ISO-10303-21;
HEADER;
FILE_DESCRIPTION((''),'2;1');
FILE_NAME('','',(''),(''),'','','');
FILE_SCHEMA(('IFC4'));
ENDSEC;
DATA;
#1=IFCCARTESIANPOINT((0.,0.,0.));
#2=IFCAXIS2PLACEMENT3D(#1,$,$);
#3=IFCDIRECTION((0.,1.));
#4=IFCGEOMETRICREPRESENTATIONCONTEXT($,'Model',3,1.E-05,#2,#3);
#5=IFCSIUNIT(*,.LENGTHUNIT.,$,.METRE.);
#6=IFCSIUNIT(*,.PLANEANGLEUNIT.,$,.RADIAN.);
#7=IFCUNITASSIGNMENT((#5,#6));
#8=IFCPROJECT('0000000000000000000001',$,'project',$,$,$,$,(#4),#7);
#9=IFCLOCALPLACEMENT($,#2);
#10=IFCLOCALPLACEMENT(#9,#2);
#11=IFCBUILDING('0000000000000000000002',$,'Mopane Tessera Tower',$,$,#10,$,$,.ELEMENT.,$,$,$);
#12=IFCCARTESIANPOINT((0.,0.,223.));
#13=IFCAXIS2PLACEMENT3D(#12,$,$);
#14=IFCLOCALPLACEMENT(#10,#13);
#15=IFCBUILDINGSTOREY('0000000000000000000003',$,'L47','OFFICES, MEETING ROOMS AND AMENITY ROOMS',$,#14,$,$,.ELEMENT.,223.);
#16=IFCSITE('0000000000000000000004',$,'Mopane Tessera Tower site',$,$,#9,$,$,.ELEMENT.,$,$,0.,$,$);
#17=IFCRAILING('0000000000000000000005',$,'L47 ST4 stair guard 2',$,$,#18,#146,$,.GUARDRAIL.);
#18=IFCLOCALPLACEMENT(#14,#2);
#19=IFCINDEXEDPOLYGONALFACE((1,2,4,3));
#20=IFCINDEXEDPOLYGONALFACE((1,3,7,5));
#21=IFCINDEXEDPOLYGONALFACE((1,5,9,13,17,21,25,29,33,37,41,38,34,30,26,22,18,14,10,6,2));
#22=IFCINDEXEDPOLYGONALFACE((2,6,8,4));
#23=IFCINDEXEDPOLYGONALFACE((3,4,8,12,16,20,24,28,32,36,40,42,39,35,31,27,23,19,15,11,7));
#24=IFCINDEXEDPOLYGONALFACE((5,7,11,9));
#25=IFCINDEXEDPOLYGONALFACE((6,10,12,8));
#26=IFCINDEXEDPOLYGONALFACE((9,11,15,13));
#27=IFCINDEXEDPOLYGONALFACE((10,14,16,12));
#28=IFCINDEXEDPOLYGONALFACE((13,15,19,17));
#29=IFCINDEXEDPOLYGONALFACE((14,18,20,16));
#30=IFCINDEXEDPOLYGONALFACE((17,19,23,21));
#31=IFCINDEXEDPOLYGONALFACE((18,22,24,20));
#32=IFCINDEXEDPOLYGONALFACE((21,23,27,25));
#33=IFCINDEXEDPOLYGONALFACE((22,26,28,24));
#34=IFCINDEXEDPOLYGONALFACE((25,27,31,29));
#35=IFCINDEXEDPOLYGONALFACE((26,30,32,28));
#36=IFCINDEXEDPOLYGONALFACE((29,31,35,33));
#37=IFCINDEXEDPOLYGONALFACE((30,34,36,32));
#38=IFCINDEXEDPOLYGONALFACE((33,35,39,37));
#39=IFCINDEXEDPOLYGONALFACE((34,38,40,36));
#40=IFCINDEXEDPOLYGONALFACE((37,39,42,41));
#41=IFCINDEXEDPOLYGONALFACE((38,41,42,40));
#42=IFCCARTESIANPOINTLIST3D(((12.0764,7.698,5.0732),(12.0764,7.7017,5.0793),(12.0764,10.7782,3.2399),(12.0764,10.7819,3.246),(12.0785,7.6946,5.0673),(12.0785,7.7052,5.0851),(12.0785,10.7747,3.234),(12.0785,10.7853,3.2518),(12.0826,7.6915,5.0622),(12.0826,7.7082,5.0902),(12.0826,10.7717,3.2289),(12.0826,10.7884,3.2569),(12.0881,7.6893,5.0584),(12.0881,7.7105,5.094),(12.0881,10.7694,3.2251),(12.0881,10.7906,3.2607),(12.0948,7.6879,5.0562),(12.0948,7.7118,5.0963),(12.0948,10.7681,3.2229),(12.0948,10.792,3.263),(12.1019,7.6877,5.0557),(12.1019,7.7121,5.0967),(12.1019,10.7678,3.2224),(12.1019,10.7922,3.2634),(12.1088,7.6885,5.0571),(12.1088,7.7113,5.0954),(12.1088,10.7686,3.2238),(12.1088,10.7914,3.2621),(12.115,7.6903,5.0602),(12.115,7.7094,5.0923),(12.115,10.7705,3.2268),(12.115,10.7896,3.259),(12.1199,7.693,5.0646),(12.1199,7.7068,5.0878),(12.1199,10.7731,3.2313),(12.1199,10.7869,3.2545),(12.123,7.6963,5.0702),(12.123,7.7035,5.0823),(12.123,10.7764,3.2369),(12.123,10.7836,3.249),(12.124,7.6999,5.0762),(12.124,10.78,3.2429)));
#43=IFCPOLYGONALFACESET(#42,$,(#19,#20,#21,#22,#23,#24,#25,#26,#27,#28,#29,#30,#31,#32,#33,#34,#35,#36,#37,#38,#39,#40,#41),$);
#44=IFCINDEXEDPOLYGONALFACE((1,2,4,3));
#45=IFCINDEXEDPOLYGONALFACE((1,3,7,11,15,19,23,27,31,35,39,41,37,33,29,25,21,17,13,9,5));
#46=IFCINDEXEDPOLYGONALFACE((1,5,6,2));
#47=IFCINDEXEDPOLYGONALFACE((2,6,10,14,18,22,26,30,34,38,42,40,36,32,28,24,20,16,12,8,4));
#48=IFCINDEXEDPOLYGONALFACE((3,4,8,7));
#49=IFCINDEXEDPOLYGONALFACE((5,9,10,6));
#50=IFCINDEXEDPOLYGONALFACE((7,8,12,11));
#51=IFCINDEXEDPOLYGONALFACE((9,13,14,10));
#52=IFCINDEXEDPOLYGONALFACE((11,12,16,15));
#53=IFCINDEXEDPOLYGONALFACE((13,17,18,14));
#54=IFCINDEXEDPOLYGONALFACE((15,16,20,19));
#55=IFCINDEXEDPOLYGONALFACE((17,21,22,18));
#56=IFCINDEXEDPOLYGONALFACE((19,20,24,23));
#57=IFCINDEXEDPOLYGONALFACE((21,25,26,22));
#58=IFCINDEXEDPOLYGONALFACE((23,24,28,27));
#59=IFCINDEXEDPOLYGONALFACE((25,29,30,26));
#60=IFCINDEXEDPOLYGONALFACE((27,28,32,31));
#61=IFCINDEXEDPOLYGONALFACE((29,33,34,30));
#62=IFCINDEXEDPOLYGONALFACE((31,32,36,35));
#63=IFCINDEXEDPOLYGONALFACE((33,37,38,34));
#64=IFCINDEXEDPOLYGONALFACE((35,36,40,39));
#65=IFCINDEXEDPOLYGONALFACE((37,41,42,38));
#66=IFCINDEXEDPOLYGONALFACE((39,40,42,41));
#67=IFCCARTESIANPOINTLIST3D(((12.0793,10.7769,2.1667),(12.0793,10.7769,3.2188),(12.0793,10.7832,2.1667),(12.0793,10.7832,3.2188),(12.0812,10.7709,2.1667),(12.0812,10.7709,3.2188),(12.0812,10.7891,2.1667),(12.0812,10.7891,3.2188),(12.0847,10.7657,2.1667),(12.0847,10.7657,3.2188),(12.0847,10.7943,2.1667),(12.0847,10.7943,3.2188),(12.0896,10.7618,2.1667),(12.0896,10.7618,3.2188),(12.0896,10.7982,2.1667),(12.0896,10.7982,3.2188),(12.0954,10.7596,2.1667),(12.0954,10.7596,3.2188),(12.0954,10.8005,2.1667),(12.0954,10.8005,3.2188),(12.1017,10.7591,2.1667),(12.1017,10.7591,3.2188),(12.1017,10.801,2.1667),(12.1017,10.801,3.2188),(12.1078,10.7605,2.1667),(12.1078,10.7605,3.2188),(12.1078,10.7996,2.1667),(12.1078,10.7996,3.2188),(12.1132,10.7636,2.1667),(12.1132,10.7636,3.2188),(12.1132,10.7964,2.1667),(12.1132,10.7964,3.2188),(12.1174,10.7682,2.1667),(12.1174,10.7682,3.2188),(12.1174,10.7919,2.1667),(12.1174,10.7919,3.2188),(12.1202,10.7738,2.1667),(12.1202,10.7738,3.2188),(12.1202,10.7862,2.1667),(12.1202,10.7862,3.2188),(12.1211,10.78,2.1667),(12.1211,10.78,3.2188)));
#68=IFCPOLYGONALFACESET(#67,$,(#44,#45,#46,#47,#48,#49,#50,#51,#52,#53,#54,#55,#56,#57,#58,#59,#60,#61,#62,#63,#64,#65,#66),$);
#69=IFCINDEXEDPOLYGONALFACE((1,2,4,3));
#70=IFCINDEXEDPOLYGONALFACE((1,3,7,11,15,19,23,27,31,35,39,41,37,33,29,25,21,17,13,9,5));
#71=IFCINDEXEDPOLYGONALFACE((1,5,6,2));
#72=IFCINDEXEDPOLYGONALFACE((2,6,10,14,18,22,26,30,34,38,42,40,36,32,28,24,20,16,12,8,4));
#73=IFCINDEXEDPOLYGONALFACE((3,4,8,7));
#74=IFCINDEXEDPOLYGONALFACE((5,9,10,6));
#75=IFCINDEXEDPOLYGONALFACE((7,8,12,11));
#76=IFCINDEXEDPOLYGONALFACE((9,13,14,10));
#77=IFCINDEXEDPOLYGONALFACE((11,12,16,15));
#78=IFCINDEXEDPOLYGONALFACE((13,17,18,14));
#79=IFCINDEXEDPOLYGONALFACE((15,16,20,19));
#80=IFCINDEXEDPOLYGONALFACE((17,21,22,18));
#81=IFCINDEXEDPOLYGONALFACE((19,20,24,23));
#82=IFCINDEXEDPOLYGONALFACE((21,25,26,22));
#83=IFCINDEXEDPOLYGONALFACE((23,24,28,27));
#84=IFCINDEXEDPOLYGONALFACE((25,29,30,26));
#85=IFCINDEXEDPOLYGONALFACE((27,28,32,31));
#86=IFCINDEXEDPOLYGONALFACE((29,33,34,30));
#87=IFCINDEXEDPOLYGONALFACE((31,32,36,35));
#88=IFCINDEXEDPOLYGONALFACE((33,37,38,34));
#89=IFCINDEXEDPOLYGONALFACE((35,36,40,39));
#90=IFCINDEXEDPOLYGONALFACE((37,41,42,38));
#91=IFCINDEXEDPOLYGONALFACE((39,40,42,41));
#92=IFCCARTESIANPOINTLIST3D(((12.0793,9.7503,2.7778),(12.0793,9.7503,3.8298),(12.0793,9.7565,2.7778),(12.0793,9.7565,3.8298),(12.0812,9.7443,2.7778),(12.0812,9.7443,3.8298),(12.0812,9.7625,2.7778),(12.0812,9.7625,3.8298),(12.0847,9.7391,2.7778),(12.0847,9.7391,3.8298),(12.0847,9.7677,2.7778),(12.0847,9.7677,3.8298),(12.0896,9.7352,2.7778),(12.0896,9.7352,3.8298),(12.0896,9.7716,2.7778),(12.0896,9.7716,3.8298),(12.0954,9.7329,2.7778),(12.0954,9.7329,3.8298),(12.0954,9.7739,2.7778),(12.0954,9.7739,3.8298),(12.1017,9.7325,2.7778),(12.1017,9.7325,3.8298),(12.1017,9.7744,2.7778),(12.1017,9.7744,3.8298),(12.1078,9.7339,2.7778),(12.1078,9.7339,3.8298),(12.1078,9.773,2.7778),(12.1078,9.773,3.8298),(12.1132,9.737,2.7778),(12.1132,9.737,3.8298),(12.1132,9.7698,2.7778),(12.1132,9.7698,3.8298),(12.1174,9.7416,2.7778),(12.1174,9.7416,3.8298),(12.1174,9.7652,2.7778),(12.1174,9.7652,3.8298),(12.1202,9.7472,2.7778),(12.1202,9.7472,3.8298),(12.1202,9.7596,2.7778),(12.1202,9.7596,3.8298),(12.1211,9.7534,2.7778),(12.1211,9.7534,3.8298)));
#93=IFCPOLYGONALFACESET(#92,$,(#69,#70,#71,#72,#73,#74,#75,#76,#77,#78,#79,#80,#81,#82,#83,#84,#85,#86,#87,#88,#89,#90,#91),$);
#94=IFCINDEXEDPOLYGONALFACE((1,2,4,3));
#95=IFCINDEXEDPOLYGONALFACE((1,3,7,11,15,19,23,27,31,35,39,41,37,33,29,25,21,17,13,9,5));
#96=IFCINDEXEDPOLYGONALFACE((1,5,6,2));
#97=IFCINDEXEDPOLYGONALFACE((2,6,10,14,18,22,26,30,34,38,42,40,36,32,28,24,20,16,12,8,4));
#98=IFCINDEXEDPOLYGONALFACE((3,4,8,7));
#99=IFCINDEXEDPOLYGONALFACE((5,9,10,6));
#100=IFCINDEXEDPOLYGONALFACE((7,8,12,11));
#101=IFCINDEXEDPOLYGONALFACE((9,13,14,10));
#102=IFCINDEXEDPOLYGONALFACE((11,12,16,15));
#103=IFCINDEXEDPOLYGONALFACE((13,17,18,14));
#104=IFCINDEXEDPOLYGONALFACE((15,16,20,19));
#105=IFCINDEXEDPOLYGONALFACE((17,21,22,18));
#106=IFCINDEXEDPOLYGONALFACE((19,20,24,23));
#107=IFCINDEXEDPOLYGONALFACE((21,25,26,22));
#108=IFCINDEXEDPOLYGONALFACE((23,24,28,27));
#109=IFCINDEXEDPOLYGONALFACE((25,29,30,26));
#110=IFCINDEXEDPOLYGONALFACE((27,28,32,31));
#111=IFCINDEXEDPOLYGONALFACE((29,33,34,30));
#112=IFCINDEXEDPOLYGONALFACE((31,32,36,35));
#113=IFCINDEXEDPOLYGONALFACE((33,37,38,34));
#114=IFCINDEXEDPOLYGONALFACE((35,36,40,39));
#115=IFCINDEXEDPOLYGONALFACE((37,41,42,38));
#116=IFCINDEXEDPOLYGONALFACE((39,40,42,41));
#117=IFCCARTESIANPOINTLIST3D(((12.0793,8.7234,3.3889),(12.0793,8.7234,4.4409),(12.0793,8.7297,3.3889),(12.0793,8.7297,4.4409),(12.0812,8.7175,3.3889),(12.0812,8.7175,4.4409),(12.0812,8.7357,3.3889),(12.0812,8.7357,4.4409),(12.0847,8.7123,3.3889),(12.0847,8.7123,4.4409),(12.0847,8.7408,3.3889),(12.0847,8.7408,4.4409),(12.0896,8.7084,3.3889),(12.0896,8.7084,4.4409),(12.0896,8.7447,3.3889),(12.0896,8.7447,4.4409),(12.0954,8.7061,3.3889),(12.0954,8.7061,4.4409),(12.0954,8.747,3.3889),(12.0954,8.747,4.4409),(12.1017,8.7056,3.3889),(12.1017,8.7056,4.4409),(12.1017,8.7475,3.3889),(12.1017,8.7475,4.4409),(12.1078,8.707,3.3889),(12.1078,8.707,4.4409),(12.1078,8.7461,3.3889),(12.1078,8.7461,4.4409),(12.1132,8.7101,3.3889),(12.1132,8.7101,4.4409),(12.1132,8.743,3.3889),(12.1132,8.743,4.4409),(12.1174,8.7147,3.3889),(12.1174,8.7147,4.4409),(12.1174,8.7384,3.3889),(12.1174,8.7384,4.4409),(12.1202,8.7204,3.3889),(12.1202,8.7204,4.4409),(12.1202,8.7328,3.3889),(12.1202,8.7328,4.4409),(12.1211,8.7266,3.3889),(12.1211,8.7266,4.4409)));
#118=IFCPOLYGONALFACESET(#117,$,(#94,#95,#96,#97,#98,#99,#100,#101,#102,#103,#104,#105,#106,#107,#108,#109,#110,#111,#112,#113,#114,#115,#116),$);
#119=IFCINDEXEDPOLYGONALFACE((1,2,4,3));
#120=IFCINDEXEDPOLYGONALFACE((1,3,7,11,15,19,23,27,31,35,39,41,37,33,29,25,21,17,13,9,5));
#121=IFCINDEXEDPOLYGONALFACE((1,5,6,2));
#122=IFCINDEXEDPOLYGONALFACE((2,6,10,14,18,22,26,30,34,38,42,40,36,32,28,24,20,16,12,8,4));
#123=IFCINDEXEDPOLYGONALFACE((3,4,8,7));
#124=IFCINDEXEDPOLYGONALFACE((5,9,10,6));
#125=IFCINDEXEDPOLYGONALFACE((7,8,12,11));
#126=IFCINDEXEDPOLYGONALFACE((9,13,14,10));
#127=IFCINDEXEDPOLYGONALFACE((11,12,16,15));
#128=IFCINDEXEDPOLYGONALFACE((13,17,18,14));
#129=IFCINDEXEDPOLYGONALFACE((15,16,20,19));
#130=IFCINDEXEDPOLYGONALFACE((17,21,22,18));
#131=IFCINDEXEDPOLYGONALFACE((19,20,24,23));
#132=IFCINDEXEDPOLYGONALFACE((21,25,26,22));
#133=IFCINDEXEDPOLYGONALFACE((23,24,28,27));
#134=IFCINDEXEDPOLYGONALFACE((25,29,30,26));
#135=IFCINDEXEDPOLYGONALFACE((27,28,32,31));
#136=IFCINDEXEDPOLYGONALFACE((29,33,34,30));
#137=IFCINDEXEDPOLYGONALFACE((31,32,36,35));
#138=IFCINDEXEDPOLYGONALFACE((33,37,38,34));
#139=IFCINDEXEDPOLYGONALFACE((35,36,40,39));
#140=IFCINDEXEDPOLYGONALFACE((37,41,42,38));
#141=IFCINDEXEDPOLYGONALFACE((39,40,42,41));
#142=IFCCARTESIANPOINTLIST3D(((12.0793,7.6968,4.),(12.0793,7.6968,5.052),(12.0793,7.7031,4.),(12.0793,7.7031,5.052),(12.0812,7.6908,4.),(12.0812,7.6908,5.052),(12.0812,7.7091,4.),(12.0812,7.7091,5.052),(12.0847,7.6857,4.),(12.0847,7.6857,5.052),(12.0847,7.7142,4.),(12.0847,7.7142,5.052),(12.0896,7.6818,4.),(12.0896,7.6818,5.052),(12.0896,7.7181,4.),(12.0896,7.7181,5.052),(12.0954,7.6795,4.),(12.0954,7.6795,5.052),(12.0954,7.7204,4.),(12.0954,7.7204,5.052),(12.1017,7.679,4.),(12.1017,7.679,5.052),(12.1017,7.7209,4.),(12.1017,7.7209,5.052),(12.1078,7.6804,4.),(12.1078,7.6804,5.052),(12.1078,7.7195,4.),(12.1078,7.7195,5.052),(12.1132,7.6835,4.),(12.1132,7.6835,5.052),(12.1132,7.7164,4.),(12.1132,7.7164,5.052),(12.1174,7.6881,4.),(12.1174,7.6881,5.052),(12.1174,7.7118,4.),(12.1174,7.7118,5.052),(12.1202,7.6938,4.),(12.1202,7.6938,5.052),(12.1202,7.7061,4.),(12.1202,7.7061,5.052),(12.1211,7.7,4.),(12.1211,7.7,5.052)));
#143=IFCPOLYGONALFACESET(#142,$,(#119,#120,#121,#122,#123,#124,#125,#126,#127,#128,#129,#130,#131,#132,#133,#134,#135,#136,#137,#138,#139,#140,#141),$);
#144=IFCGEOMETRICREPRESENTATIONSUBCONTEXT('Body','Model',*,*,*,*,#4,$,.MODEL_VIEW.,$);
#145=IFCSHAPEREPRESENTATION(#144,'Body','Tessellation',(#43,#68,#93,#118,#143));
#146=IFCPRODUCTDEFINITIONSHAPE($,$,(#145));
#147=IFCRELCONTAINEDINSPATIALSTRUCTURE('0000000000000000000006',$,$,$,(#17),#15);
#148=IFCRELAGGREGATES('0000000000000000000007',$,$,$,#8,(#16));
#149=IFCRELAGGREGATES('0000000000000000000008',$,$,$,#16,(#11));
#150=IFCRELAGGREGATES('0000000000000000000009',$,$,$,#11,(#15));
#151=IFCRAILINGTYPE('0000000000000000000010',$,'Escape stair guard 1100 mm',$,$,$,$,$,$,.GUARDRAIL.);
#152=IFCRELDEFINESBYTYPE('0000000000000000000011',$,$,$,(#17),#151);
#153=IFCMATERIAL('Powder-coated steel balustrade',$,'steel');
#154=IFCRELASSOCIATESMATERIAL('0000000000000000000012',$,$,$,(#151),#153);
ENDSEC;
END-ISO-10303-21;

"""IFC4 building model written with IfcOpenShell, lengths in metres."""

from ifc_helpers import new_model, si_unit, direction, frame, origin, origin_2d, place, context, subcontext, project, spatial, circle, extrude, material, type_object, element, save


model = new_model("IFC4")

# Units and contexts
model_context = context("Model", 3, precision=1e-05, world=origin(), true_north=direction((0.0, 1.0)))
body_context = subcontext(model_context, "Body", "Model", "MODEL_VIEW")
ifc_project = project(units=[si_unit("LENGTHUNIT", "METRE"), si_unit("PLANEANGLEUNIT", "RADIAN")], contexts=[model_context])

# Site, building, storey
site_placement = place(None, origin())
site = spatial("IfcSite", under=ifc_project, at=site_placement, Name="Mopane Tessera Tower site", CompositionType="ELEMENT", RefElevation=0.0)
building_placement = place(site_placement, origin())
building = spatial("IfcBuilding", under=site, at=building_placement, Name="Mopane Tessera Tower", CompositionType="ELEMENT")
storey_placement = place(building_placement, frame((0.0, 0.0, 223.0)))
storey = spatial("IfcBuildingStorey", under=building, at=storey_placement, Name="L47", Description="OFFICES, MEETING ROOMS AND AMENITY ROOMS", CompositionType="ELEMENT", Elevation=223.0)

# Railing
ifc_material_1 = material(Name="Powder-coated steel balustrade", Category="steel")
railing_type_1 = type_object("IfcRailingType", Name="Escape stair guard 1100 mm", PredefinedType="GUARDRAIL", material=ifc_material_1)
railing_1_placement = place(storey_placement, frame((12.1001, 10.78, 2.1667)))
element("IfcRailing", 1, at=railing_1_placement, inside=storey, type_object=railing_type_1, Name="L47 ST4 stair guard 2", PredefinedType="GUARDRAIL", context=body_context, shape_type="SweptSolid", body=[
    extrude(circle(Radius=0.0239, at=origin_2d()), frame((0.0, 0.0, 1.0762), z_axis=(0.0, -0.859309, 0.511458), x_axis=(1.0, 0.0, 0.0)), (0.0, 0.0, 1.0), 3.5845),
    extrude(circle(Radius=0.021, at=origin_2d()), origin(), (0.0, 0.0, 1.0), 1.052),
    extrude(circle(Radius=0.021, at=origin_2d()), frame((0.0, -1.0266, 0.6111)), (0.0, 0.0, 1.0), 1.052),
    extrude(circle(Radius=0.021, at=origin_2d()), frame((0.0, -2.0535, 1.2222)), (0.0, 0.0, 1.0), 1.052),
    extrude(circle(Radius=0.021, at=origin_2d()), frame((0.0, -3.0801, 1.8333)), (0.0, 0.0, 1.0), 1.052),
])

save(model, "model.ifc")
